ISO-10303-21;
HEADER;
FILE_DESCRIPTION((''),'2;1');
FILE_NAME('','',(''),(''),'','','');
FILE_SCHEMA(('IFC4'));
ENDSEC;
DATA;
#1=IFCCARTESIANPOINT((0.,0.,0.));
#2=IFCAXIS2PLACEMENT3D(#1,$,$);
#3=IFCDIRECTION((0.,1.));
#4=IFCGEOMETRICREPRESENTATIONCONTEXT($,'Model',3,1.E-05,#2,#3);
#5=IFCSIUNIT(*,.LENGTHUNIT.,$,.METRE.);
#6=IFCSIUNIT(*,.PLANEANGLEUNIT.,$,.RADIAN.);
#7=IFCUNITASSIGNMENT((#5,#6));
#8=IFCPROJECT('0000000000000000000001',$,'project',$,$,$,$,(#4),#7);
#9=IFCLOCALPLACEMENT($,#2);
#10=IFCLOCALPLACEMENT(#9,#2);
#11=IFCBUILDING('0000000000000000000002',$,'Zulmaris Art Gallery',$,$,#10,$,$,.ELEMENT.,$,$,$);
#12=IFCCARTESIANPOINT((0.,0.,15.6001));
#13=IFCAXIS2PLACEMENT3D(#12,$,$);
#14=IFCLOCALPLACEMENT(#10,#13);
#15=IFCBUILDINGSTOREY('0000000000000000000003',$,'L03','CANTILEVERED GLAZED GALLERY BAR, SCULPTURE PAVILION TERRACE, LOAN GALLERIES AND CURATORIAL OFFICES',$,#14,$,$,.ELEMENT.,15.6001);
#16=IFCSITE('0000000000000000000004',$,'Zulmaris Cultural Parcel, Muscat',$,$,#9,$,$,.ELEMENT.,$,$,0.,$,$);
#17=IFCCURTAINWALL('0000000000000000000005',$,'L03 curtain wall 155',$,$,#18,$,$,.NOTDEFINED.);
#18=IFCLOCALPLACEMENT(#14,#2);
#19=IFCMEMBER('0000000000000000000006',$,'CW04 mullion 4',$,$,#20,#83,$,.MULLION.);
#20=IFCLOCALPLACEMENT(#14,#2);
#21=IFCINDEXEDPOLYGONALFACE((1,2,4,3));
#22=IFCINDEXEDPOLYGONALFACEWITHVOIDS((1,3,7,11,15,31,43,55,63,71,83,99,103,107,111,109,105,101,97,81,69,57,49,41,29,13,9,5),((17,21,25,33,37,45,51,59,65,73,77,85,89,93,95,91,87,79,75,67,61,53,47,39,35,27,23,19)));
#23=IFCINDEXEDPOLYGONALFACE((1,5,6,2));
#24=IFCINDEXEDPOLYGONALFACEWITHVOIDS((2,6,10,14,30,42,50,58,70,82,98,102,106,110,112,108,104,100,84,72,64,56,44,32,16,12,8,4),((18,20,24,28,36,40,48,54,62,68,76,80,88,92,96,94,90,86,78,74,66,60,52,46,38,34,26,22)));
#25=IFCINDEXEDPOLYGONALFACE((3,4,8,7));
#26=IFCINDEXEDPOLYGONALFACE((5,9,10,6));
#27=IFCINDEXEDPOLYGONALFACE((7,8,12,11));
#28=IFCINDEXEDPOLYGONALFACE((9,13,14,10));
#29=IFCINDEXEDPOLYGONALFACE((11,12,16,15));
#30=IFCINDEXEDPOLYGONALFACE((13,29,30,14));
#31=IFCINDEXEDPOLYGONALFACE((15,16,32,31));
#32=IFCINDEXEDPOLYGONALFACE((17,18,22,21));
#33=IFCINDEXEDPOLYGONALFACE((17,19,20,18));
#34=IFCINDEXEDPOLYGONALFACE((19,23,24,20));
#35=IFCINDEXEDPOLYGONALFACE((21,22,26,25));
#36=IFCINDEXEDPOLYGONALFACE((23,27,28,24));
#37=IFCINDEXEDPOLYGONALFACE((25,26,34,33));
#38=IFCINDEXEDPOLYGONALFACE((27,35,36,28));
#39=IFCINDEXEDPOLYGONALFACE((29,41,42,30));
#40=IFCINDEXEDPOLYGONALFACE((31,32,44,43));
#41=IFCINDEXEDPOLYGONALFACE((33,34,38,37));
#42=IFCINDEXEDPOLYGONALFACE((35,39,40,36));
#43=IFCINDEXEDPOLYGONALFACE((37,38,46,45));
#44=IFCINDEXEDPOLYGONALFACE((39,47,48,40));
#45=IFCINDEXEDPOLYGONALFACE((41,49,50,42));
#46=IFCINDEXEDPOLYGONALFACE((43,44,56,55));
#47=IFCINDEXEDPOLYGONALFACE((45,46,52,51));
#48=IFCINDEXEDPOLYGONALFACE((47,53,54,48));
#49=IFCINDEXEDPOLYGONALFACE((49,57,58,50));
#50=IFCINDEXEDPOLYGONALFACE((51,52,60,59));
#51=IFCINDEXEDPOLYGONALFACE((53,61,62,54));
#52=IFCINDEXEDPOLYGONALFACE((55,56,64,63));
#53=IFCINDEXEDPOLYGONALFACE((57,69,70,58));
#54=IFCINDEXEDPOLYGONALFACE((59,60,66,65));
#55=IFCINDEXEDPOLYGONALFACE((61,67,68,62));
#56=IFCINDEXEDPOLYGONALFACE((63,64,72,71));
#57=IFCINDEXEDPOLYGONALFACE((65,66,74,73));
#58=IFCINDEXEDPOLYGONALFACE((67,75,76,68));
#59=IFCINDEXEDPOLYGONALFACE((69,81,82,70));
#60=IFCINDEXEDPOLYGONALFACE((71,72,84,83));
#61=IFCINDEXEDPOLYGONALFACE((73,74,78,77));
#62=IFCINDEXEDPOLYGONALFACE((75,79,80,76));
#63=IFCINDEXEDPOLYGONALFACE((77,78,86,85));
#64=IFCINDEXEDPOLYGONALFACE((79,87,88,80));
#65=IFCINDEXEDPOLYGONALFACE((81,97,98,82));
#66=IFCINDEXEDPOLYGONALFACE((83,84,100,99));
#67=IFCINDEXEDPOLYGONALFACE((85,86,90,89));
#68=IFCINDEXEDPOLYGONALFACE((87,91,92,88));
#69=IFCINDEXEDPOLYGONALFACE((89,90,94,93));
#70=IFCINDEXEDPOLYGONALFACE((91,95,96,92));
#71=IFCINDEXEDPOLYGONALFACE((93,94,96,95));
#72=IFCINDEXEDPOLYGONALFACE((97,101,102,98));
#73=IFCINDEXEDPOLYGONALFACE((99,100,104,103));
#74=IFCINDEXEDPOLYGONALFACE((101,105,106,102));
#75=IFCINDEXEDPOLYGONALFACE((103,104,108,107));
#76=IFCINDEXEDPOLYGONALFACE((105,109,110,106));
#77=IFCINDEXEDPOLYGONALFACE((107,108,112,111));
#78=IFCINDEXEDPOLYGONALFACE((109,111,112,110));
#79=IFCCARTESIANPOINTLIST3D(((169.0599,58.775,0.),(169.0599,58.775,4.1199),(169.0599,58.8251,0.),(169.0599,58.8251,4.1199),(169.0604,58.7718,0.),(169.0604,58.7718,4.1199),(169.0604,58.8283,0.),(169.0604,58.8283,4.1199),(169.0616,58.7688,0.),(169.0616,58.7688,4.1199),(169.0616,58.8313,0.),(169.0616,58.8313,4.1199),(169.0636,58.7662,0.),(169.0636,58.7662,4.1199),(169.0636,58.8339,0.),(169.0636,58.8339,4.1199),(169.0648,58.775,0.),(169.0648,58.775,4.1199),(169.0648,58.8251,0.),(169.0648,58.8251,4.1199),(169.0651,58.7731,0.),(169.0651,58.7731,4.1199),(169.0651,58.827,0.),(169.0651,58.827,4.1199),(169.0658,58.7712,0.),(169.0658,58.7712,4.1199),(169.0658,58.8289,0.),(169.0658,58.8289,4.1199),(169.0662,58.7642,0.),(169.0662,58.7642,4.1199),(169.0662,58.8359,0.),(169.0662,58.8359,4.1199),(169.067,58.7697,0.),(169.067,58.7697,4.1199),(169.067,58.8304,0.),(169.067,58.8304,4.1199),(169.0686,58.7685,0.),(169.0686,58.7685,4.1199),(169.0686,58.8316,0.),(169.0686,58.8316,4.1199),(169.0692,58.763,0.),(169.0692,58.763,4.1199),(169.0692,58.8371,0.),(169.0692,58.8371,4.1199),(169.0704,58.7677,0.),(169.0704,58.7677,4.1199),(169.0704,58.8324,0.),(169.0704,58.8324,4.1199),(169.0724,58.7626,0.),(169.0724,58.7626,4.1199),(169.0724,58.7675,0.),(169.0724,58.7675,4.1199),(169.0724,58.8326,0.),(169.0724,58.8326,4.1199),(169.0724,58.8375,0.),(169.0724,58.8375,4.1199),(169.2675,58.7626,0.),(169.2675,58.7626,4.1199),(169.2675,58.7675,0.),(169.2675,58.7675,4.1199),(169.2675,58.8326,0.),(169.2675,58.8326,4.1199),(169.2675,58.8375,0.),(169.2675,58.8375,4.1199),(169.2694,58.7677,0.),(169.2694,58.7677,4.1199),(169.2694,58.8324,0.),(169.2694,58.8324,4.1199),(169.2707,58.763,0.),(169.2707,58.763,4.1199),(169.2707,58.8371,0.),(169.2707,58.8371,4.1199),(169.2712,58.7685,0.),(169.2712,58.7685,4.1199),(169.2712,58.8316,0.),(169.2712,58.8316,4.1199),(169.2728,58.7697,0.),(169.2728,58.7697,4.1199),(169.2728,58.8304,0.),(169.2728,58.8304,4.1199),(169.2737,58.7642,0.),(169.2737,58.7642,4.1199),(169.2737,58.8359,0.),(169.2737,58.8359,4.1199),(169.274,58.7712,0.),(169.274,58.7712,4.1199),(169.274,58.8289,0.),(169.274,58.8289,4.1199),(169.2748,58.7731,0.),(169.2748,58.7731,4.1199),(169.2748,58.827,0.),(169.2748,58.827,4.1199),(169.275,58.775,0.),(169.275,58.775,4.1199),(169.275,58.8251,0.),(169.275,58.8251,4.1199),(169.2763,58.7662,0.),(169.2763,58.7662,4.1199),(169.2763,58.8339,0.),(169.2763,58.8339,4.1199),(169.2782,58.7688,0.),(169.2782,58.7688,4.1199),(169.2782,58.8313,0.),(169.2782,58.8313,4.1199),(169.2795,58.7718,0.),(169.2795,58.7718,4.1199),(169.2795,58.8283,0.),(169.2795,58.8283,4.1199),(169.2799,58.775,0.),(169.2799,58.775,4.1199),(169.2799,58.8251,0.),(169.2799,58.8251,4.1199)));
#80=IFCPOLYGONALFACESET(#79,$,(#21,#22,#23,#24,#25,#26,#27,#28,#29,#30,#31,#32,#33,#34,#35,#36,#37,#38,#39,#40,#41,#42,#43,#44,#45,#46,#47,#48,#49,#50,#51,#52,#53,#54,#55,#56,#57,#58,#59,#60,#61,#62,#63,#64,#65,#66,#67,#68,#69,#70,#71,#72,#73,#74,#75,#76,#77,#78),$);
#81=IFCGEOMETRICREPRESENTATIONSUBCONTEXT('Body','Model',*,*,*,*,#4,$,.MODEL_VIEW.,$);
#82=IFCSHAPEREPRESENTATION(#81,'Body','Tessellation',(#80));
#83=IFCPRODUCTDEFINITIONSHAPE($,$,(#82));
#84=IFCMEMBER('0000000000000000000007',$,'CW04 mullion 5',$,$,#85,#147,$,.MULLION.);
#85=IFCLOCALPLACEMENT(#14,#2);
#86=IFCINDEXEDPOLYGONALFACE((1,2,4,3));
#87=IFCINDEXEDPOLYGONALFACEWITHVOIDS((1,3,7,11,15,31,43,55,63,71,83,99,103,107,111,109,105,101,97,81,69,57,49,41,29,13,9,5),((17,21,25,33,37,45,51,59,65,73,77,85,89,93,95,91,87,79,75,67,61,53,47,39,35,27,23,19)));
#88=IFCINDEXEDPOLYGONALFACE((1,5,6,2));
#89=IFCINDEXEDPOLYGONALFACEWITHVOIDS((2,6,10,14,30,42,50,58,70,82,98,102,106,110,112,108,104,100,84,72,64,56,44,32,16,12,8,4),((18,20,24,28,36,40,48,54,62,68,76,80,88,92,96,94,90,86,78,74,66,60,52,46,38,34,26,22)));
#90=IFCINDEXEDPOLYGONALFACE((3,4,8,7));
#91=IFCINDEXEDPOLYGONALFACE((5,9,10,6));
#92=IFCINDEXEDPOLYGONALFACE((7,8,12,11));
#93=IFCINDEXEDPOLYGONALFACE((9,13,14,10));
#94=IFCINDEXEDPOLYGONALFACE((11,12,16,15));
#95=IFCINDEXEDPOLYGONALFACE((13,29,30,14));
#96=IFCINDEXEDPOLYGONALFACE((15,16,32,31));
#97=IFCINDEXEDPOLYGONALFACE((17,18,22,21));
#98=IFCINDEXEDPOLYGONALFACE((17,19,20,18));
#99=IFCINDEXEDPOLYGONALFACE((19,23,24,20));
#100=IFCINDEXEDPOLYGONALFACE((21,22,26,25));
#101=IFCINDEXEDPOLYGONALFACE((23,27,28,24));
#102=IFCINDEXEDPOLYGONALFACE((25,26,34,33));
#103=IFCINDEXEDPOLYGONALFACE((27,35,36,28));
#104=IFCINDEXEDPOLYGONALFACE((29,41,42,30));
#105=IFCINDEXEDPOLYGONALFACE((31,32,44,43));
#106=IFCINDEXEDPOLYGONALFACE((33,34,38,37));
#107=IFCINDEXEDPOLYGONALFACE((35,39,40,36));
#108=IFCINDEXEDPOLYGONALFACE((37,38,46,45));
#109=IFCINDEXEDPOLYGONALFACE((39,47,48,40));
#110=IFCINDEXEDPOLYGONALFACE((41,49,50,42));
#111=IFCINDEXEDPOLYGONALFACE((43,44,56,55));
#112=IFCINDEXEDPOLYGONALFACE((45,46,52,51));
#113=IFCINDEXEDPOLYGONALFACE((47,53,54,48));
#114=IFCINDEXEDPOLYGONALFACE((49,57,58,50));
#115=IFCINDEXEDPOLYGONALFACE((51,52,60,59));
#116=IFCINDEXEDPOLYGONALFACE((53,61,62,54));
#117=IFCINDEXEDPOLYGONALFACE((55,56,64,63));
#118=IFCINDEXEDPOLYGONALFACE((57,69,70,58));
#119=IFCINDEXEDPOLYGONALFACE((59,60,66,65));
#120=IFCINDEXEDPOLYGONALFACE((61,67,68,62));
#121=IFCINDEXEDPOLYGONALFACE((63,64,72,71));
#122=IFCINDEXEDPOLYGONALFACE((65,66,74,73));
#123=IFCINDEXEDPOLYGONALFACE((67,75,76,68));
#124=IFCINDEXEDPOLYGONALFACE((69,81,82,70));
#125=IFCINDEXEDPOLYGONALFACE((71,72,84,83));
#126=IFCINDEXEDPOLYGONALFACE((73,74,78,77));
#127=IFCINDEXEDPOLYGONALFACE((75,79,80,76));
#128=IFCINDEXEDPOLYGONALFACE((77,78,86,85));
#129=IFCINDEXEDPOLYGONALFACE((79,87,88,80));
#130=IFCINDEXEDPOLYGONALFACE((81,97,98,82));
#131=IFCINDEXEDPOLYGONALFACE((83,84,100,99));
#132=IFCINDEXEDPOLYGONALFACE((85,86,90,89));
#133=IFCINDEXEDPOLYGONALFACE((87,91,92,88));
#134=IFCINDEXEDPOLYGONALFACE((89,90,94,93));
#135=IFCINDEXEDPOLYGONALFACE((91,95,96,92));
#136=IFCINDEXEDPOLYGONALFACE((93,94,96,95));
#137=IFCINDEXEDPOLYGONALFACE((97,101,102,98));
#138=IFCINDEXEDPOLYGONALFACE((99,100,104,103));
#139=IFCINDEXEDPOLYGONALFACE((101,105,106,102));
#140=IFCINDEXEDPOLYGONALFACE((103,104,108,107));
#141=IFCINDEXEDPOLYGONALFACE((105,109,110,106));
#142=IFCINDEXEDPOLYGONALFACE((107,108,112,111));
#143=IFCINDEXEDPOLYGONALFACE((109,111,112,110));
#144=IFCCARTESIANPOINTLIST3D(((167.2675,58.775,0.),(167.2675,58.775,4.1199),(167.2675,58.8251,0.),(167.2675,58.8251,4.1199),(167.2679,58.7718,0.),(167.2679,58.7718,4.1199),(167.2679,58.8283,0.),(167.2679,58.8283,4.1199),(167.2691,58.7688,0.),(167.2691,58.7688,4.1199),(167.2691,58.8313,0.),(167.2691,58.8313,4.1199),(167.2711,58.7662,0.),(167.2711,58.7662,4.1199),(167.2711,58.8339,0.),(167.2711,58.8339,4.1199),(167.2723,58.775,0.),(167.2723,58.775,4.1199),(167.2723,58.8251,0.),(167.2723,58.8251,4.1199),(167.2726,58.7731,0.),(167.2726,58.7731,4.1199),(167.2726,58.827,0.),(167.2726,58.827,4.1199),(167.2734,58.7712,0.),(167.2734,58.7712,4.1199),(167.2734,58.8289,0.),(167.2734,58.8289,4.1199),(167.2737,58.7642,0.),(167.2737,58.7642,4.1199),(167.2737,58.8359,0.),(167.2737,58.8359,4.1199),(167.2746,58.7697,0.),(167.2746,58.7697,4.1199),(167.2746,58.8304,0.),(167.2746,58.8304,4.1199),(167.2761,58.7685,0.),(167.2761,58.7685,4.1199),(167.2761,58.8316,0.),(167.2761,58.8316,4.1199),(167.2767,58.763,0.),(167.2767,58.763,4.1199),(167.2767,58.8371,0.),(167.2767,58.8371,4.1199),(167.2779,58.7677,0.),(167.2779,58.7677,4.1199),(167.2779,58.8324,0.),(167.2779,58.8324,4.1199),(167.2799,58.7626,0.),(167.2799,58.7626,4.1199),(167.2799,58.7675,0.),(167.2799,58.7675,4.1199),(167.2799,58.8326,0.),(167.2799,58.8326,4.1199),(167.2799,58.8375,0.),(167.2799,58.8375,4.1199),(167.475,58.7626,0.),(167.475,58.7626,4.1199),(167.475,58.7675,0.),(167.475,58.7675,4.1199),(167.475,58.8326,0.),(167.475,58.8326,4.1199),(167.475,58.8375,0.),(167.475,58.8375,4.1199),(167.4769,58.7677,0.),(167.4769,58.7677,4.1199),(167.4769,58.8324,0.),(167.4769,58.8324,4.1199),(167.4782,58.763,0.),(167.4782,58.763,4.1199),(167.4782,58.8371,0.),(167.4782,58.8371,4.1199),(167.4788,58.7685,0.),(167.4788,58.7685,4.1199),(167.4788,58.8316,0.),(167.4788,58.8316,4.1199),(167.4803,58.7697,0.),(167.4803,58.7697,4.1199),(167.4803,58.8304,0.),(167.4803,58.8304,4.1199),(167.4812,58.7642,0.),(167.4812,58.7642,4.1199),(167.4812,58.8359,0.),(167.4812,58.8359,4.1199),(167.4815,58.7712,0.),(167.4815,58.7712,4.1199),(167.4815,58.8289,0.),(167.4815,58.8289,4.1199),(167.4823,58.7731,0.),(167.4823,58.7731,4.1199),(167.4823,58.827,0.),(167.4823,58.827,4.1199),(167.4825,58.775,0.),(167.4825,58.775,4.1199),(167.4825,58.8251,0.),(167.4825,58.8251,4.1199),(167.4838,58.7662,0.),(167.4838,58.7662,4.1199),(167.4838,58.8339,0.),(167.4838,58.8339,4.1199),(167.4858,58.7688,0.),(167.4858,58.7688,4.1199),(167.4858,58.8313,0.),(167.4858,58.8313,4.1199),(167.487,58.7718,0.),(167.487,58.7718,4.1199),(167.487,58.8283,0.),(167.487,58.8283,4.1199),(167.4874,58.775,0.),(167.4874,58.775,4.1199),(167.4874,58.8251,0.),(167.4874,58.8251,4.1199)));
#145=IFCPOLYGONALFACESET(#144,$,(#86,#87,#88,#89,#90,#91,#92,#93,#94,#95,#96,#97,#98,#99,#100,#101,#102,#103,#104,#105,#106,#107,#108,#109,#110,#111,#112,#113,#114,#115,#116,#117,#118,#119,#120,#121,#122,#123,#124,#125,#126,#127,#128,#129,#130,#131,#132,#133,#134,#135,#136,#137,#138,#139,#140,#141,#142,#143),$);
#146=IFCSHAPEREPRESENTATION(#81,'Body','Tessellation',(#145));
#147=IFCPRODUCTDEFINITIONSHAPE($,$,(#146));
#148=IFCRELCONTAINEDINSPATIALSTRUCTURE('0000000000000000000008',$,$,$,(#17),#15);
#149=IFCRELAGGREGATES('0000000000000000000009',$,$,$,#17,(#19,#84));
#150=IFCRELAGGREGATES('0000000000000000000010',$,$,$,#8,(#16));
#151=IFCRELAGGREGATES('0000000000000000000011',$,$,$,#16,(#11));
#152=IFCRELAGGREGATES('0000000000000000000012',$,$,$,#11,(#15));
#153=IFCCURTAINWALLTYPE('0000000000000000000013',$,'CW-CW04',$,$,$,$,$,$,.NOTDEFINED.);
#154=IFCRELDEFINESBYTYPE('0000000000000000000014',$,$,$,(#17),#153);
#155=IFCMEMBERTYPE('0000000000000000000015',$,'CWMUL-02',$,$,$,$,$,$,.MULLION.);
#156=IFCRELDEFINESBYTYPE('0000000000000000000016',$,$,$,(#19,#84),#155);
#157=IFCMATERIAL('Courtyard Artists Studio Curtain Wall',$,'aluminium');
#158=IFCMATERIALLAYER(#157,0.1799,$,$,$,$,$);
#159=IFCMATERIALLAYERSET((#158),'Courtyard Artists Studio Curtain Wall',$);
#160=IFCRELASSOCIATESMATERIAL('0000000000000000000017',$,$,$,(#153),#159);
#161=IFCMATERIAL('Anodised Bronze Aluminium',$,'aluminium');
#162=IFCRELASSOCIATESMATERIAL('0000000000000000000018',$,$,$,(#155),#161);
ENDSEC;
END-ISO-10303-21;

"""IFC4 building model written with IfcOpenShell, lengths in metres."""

from ifc_helpers import new_model, si_unit, direction, frame, origin, origin_2d, place, context, subcontext, project, spatial, hollow_rectangle, extrude, material, layer, layer_set, material_profile, profile_set, type_object, element, aggregate, save


model = new_model("IFC4")

# Units and contexts
model_context = context("Model", 3, precision=1e-05, world=origin(), true_north=direction((0.0, 1.0)))
body_context = subcontext(model_context, "Body", "Model", "MODEL_VIEW")
ifc_project = project(units=[si_unit("LENGTHUNIT", "METRE"), si_unit("PLANEANGLEUNIT", "RADIAN")], contexts=[model_context])

# Site, building, storey
site_placement = place(None, origin())
site = spatial("IfcSite", under=ifc_project, at=site_placement, Name="Zulmaris Cultural Parcel, Muscat", CompositionType="ELEMENT", RefElevation=0.0)
building_placement = place(site_placement, origin())
building = spatial("IfcBuilding", under=site, at=building_placement, Name="Zulmaris Art Gallery", CompositionType="ELEMENT")
storey_placement = place(building_placement, frame((0.0, 0.0, 15.6001)))
storey = spatial("IfcBuildingStorey", under=building, at=storey_placement, Name="L03", Description="CANTILEVERED GLAZED GALLERY BAR, SCULPTURE PAVILION TERRACE, LOAN GALLERIES AND CURATORIAL OFFICES", CompositionType="ELEMENT", Elevation=15.6001)

# Shared definitions
ifc_material_1 = material(Name="Courtyard Artists Studio Curtain Wall", Category="aluminium")
ifc_layer_1 = layer(ifc_material_1, 0.1799)
ifc_layer_set_1 = layer_set([ifc_layer_1], Name="Courtyard Artists Studio Curtain Wall")
curtain_wall_type = type_object("IfcCurtainWallType", Name="CW-CW04", PredefinedType="NOTDEFINED", material=ifc_layer_set_1)
ifc_material_2 = material(Name="Anodised Bronze Aluminium", Category="aluminium")
ifc_material_profile_1 = material_profile(ifc_material_2, hollow_rectangle(XDim=0.075, YDim=0.22, WallThickness=0.0049, InnerFilletRadius=0.0076, OuterFilletRadius=0.0125, at=origin_2d()), Name="ALU 75x220x5")
ifc_profile_set_1 = profile_set([ifc_material_profile_1], Name="Anodised Bronze Aluminium")
member_type_1 = type_object("IfcMemberType", Name="CWMUL-02", PredefinedType="MULLION", material=ifc_profile_set_1)

# Curtain wall, members
curtain_wall_1_placement = place(storey_placement, origin())
curtain_wall_1 = element("IfcCurtainWall", 1, at=curtain_wall_1_placement, inside=storey, type_object=curtain_wall_type, Name="L03 curtain wall 155", PredefinedType="NOTDEFINED")
member_1_placement = place(storey_placement, frame((169.1699, 58.8, 0.0), z_axis=(0.0, 0.0, 1.0), x_axis=(0.0, -1.0, 0.0)))
member_1 = element("IfcMember", 2, at=member_1_placement, type_object=member_type_1, Name="CW04 mullion 4", PredefinedType="MULLION", context=body_context, shape_type="SweptSolid", body=[
    extrude(hollow_rectangle(XDim=0.075, YDim=0.22, WallThickness=0.0049, InnerFilletRadius=0.0076, OuterFilletRadius=0.0125, at=origin_2d()), origin(), (0.0, 0.0, 1.0), 4.1199),
])
member_2_placement = place(storey_placement, frame((167.3774, 58.8, 0.0), z_axis=(0.0, 0.0, 1.0), x_axis=(0.0, -1.0, 0.0)))
member_2 = element("IfcMember", 3, at=member_2_placement, type_object=member_type_1, Name="CW04 mullion 5", PredefinedType="MULLION", context=body_context, shape_type="SweptSolid", body=[
    extrude(hollow_rectangle(XDim=0.075, YDim=0.22, WallThickness=0.0049, InnerFilletRadius=0.0076, OuterFilletRadius=0.0125, at=origin_2d()), origin(), (0.0, 0.0, 1.0), 4.1199),
])
aggregate(curtain_wall_1, [member_1, member_2])

save(model, "model.ifc")
